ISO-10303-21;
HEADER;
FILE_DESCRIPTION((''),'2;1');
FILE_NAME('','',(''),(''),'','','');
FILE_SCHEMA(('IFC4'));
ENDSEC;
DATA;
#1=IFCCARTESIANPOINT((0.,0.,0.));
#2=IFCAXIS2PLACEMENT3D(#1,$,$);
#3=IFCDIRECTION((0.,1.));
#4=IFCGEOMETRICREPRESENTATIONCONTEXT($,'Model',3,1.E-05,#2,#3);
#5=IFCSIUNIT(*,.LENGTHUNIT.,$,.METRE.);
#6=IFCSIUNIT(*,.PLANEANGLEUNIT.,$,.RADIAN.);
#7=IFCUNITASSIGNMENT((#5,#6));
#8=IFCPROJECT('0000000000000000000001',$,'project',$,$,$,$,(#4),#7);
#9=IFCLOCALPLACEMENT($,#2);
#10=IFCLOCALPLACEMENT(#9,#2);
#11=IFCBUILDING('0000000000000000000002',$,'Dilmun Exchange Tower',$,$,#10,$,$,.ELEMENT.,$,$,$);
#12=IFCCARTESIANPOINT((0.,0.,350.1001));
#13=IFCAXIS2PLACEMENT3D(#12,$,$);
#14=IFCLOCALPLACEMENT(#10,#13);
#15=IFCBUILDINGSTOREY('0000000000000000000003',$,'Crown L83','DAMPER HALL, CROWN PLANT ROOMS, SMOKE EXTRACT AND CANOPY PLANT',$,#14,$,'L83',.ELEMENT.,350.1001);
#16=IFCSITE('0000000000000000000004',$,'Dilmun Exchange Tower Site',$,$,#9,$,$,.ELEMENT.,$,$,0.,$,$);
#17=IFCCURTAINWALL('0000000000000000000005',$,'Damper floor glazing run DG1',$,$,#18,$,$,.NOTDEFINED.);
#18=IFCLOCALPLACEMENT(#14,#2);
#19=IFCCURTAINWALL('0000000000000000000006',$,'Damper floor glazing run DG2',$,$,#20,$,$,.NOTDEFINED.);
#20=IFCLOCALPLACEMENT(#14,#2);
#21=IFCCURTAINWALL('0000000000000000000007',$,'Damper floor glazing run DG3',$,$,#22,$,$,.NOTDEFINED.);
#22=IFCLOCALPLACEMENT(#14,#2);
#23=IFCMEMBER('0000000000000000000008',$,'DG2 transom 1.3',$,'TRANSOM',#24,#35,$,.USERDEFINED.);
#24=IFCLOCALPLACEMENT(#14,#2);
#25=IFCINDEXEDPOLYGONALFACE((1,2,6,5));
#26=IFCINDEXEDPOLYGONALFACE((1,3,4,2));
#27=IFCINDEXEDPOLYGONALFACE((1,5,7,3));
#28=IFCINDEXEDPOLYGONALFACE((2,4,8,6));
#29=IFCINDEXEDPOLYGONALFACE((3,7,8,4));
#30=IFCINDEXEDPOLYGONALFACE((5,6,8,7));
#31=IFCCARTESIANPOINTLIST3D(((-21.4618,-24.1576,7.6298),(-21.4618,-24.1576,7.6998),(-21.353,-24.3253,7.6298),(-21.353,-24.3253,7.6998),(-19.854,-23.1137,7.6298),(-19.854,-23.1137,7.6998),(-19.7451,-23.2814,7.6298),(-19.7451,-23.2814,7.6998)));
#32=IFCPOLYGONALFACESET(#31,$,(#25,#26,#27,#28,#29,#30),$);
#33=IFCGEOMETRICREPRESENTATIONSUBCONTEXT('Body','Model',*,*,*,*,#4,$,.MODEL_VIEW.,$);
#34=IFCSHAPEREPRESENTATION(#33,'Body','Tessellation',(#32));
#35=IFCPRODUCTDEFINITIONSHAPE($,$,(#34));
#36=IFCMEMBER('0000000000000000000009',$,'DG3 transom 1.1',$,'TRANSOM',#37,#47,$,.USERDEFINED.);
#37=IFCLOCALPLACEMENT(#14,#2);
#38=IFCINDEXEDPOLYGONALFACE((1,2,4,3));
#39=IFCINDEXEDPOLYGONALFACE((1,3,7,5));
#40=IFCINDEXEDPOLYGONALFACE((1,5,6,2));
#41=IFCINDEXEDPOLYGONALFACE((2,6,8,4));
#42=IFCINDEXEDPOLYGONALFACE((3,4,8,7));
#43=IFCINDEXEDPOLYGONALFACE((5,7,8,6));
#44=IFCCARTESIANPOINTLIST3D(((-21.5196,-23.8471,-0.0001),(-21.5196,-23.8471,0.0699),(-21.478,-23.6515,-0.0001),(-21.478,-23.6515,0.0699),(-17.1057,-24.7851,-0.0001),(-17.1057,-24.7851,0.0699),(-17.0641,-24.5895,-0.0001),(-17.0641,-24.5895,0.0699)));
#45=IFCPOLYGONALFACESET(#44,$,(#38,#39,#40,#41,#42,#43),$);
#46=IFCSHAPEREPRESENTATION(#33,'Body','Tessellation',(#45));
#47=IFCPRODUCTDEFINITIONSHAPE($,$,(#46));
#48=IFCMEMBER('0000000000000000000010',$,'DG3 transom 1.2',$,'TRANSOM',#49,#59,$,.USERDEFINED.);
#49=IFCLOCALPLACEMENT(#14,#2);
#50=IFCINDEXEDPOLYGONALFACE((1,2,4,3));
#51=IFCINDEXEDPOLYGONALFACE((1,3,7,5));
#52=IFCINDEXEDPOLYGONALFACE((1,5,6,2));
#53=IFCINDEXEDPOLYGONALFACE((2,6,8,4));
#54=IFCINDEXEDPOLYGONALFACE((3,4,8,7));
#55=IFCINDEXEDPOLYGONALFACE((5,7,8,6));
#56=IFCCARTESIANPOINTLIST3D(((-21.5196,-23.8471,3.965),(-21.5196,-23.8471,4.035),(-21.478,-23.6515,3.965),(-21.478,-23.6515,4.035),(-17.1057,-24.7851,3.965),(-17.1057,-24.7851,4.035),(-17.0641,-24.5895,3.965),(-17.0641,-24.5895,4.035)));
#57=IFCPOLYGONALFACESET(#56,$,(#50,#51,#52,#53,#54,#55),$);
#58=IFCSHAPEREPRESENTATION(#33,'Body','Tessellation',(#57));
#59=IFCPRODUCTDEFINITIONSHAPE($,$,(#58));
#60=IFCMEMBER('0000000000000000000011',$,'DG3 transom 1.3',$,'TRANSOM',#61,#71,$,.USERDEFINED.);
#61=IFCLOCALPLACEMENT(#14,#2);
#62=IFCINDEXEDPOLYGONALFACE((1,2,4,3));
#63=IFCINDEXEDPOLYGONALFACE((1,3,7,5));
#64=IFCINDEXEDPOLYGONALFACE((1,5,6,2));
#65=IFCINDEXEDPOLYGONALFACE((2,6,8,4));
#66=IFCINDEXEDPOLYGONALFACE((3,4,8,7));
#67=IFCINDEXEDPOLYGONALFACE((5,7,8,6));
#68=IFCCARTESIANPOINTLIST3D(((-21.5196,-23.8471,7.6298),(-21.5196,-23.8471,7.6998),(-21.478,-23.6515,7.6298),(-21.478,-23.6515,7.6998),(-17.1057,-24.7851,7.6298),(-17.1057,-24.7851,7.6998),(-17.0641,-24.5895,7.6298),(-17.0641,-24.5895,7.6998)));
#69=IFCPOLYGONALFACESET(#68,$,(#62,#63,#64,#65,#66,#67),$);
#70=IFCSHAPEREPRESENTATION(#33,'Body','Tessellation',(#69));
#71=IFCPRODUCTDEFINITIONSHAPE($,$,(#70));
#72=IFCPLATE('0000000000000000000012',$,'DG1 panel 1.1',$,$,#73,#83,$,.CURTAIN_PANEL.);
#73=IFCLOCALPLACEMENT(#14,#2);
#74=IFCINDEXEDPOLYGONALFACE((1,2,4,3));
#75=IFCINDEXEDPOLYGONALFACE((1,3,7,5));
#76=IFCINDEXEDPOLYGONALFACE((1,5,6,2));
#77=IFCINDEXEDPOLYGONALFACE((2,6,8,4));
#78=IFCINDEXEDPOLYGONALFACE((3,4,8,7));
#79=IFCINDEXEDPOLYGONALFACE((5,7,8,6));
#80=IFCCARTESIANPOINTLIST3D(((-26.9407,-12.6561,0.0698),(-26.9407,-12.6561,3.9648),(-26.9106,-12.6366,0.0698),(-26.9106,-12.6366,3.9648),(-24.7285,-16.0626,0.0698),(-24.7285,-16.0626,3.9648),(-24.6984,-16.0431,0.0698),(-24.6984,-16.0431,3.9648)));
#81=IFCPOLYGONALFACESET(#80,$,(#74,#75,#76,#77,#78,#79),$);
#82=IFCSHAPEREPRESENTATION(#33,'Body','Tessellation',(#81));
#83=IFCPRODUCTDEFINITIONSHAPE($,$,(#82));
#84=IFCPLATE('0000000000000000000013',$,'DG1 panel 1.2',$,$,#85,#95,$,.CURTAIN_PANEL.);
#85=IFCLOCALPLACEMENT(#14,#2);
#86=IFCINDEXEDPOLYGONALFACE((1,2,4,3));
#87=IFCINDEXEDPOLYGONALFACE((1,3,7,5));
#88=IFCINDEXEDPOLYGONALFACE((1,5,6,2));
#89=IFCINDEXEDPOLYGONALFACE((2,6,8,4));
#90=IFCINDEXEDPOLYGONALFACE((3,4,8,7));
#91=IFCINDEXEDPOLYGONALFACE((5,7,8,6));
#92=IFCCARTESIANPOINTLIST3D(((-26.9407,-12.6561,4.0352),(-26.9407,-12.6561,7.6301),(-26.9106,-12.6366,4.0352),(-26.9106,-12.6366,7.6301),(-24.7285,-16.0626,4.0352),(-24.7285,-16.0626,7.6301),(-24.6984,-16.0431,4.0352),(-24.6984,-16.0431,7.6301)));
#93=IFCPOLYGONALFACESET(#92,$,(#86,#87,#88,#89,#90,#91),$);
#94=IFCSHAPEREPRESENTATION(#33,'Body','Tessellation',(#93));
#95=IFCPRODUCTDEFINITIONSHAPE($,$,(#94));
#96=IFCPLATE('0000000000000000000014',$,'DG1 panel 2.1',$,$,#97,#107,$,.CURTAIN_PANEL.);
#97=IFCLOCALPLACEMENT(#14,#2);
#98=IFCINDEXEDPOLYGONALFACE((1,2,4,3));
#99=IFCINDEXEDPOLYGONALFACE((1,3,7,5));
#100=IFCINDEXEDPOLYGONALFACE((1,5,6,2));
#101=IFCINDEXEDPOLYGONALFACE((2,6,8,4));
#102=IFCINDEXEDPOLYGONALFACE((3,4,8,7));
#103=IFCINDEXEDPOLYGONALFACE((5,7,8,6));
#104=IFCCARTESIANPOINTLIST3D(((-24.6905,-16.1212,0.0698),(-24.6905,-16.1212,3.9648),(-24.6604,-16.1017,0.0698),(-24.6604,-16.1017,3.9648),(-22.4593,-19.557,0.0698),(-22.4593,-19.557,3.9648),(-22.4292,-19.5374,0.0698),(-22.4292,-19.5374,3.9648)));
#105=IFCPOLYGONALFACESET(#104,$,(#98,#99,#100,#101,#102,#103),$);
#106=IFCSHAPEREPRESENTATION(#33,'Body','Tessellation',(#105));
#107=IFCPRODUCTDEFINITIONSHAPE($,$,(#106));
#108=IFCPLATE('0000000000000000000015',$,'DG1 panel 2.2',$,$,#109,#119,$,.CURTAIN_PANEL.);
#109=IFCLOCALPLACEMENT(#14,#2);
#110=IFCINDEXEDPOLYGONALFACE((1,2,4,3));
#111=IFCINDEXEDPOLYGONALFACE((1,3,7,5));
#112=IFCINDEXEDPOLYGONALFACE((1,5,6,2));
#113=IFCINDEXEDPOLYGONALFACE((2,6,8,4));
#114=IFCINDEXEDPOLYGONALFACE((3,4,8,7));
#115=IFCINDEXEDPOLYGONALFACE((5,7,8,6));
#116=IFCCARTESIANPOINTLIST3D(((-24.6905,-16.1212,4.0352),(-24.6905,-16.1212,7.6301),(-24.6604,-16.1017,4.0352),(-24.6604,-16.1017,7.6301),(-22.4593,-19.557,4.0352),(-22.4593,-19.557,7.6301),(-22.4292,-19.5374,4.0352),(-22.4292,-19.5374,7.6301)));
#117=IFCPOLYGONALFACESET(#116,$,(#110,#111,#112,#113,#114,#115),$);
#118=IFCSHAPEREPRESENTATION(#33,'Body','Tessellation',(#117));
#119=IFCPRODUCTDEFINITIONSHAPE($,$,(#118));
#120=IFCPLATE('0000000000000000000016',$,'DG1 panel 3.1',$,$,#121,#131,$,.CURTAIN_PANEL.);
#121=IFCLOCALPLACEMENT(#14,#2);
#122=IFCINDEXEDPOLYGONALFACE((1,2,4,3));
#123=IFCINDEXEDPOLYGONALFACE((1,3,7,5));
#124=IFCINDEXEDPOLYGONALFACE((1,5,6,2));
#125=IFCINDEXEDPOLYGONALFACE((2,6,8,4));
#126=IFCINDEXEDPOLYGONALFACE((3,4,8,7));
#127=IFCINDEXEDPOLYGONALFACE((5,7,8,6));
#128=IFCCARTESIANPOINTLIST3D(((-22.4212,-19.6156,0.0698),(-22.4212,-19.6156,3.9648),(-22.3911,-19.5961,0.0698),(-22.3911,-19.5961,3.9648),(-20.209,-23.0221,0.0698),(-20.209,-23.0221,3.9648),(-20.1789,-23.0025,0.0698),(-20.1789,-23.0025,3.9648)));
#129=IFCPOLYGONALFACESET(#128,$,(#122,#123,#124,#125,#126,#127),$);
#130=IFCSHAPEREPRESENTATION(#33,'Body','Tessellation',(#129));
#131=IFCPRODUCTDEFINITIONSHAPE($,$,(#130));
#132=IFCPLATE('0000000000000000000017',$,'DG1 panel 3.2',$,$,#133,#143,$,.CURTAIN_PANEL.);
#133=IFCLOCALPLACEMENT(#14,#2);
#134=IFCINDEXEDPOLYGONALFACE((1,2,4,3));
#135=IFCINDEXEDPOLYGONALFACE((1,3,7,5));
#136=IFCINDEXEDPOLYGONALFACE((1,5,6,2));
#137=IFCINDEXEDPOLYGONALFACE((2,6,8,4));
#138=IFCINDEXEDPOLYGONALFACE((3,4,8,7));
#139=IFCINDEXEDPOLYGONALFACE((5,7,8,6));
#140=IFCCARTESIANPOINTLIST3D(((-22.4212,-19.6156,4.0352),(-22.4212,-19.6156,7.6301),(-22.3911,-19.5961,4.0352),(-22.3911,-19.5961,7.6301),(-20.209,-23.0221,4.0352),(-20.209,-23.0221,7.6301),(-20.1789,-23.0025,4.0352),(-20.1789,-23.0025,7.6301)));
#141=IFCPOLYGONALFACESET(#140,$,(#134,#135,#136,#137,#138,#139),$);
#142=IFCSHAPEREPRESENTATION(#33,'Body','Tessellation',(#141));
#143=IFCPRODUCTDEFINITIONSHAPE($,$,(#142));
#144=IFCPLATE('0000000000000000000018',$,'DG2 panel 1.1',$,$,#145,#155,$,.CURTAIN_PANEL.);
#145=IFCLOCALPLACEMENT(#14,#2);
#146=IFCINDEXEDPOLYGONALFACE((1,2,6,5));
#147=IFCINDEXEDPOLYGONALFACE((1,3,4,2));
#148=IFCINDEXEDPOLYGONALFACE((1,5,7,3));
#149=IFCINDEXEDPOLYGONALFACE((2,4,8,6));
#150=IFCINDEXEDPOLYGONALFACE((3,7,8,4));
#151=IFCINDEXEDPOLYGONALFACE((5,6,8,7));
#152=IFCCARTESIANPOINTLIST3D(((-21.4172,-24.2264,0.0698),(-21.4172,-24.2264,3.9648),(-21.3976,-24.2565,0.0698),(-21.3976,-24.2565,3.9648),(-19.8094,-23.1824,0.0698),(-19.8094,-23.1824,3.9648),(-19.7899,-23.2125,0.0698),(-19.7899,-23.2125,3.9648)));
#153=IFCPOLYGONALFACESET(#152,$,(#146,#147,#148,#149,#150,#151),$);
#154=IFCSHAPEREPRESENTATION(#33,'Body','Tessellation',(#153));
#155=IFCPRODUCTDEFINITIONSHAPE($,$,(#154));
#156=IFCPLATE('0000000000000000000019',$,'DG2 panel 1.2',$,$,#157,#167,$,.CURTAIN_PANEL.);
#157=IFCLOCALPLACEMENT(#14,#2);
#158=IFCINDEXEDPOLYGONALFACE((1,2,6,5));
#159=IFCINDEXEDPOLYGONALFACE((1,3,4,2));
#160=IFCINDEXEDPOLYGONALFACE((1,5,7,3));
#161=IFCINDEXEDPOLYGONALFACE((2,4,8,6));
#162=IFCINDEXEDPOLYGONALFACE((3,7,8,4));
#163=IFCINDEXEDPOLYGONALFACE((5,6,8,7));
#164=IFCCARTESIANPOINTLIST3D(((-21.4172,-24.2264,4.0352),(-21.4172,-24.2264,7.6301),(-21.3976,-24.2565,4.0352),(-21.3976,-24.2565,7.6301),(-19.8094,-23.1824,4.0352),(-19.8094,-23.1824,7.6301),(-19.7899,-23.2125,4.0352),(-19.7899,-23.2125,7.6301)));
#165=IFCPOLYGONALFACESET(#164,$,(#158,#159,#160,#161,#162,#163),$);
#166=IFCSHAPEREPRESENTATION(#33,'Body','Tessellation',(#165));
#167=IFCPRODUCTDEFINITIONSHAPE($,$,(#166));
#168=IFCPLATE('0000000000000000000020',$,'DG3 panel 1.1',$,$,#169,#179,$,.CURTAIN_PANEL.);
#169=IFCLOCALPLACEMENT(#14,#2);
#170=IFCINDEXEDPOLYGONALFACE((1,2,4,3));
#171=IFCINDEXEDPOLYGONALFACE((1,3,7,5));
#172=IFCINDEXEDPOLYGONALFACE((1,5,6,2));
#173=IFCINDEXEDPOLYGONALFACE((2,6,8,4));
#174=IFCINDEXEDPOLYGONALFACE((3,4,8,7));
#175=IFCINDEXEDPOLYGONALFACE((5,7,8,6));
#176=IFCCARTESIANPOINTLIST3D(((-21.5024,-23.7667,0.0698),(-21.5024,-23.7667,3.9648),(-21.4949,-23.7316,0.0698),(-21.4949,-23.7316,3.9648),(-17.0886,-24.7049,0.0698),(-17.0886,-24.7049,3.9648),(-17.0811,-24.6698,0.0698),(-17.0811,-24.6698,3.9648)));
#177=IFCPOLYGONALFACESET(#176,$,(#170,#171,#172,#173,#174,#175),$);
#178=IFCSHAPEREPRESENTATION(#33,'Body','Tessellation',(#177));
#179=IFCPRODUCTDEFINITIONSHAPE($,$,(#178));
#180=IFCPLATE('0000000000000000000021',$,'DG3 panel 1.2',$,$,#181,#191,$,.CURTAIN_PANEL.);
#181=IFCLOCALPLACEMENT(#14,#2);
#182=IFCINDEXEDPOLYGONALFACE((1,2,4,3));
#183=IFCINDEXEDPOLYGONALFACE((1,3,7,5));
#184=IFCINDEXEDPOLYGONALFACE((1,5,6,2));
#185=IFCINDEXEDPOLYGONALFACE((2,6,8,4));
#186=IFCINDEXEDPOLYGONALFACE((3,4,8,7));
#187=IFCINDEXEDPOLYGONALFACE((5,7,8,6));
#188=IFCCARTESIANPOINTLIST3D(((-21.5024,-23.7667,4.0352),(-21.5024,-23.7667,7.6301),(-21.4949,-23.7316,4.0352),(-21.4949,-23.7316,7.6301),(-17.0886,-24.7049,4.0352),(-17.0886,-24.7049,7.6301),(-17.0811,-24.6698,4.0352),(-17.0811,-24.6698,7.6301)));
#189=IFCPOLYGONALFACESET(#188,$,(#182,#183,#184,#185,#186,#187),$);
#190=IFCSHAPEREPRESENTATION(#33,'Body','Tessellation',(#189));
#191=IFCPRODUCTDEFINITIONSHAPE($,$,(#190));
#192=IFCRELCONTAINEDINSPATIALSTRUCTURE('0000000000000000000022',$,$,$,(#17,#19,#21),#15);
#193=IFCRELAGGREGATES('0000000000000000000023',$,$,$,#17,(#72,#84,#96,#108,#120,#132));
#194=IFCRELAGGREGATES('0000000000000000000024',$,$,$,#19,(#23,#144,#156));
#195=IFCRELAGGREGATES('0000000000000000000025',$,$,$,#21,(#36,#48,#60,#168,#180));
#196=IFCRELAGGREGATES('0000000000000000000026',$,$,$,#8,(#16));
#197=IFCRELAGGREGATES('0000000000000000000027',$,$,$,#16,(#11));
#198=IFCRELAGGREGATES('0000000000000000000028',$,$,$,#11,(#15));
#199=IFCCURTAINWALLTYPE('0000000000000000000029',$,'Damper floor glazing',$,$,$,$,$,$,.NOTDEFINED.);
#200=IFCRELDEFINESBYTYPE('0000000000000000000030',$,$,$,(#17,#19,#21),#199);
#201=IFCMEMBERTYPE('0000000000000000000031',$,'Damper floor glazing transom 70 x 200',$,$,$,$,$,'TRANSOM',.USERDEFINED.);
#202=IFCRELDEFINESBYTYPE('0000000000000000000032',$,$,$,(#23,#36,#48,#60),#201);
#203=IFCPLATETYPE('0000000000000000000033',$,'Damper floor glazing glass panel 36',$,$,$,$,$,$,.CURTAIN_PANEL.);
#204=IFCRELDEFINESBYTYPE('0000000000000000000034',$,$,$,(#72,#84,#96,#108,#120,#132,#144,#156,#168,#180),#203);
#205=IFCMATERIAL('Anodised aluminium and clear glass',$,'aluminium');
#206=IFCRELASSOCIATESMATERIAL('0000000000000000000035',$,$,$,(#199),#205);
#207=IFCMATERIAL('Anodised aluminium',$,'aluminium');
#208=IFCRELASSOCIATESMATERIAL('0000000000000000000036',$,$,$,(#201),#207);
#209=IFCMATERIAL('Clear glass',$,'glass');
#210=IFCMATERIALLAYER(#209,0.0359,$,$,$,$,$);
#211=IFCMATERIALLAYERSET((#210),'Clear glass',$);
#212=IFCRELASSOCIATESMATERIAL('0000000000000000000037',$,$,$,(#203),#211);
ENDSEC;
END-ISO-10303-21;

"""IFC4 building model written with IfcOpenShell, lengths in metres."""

from ifc_helpers import new_model, si_unit, direction, frame, origin, origin_2d, place, context, subcontext, project, spatial, rectangle, extrude, material, layer, layer_set, material_profile, profile_set, type_object, element, aggregate, save


model = new_model("IFC4")

# Units and contexts
model_context = context("Model", 3, precision=1e-05, world=origin(), true_north=direction((0.0, 1.0)))
body_context = subcontext(model_context, "Body", "Model", "MODEL_VIEW")
ifc_project = project(units=[si_unit("LENGTHUNIT", "METRE"), si_unit("PLANEANGLEUNIT", "RADIAN")], contexts=[model_context])

# Site, building, storey
site_placement = place(None, origin())
site = spatial("IfcSite", under=ifc_project, at=site_placement, Name="Dilmun Exchange Tower Site", CompositionType="ELEMENT", RefElevation=0.0)
building_placement = place(site_placement, origin())
building = spatial("IfcBuilding", under=site, at=building_placement, Name="Dilmun Exchange Tower", CompositionType="ELEMENT")
storey_placement = place(building_placement, frame((0.0, 0.0, 350.1001)))
storey = spatial("IfcBuildingStorey", under=building, at=storey_placement, Name="Crown L83", Description="DAMPER HALL, CROWN PLANT ROOMS, SMOKE EXTRACT AND CANOPY PLANT", LongName="L83", CompositionType="ELEMENT", Elevation=350.1001)

# Curtain walls
ifc_material_1 = material(Name="Anodised aluminium and clear glass", Category="aluminium")
curtain_wall_type = type_object("IfcCurtainWallType", Name="Damper floor glazing", PredefinedType="NOTDEFINED", material=ifc_material_1)
curtain_wall_1_placement = place(storey_placement, origin())
curtain_wall_1 = element("IfcCurtainWall", 1, at=curtain_wall_1_placement, inside=storey, type_object=curtain_wall_type, Name="Damper floor glazing run DG1", PredefinedType="NOTDEFINED")
ifc_material_2 = material(Name="Anodised aluminium", Category="aluminium")
curtain_wall_2_placement = place(storey_placement, origin())
curtain_wall_2 = element("IfcCurtainWall", 2, at=curtain_wall_2_placement, inside=storey, type_object=curtain_wall_type, Name="Damper floor glazing run DG2", PredefinedType="NOTDEFINED")

# Curtain wall
curtain_wall_3_placement = place(storey_placement, origin())
curtain_wall_3 = element("IfcCurtainWall", 3, at=curtain_wall_3_placement, inside=storey, type_object=curtain_wall_type, Name="Damper floor glazing run DG3", PredefinedType="NOTDEFINED")

# Members
ifc_material_profile_1 = material_profile(ifc_material_2, rectangle(XDim=0.2, YDim=0.0701, at=origin_2d()), Name="AL 70x200")
ifc_profile_set_1 = profile_set([ifc_material_profile_1], Name="Anodised aluminium")
member_type_1 = type_object("IfcMemberType", Name="Damper floor glazing transom 70 x 200", ElementType="TRANSOM", PredefinedType="USERDEFINED", material=ifc_profile_set_1)
member_1_placement = place(storey_placement, frame((-19.7996, -23.1975, 7.6648), z_axis=(-0.838729, -0.54455, 0.0), x_axis=(0.54455, -0.838729, 0.0)))
member_1 = element("IfcMember", 4, at=member_1_placement, type_object=member_type_1, Name="DG2 transom 1.3", ObjectType="TRANSOM", PredefinedType="USERDEFINED", context=body_context, shape_type="SweptSolid", body=[
    extrude(rectangle(XDim=0.2, YDim=0.0701, at=origin_2d()), origin(), (0.0, 0.0, 1.0), 1.917),
])
member_2_placement = place(storey_placement, frame((-21.4988, -23.7493, 0.0349), z_axis=(0.978157, -0.20787, 0.0), x_axis=(0.20787, 0.978157, 0.0)))
member_2 = element("IfcMember", 5, at=member_2_placement, type_object=member_type_1, Name="DG3 transom 1.1", ObjectType="TRANSOM", PredefinedType="USERDEFINED", context=body_context, shape_type="SweptSolid", body=[
    extrude(rectangle(XDim=0.2, YDim=0.0701, at=origin_2d()), origin(), (0.0, 0.0, 1.0), 4.5125),
])
member_3_placement = place(storey_placement, frame((-21.4988, -23.7493, 4.0), z_axis=(0.978157, -0.20787, 0.0), x_axis=(0.20787, 0.978157, 0.0)))
member_3 = element("IfcMember", 6, at=member_3_placement, type_object=member_type_1, Name="DG3 transom 1.2", ObjectType="TRANSOM", PredefinedType="USERDEFINED", context=body_context, shape_type="SweptSolid", body=[
    extrude(rectangle(XDim=0.2, YDim=0.0701, at=origin_2d()), origin(), (0.0, 0.0, 1.0), 4.5125),
])
member_4_placement = place(storey_placement, frame((-21.4988, -23.7493, 7.6648), z_axis=(0.978157, -0.20787, 0.0), x_axis=(0.20787, 0.978157, 0.0)))
member_4 = element("IfcMember", 7, at=member_4_placement, type_object=member_type_1, Name="DG3 transom 1.3", ObjectType="TRANSOM", PredefinedType="USERDEFINED", context=body_context, shape_type="SweptSolid", body=[
    extrude(rectangle(XDim=0.2, YDim=0.0701, at=origin_2d()), origin(), (0.0, 0.0, 1.0), 4.5125),
])

# Plates
ifc_material_3 = material(Name="Clear glass", Category="glass")
ifc_layer_1 = layer(ifc_material_3, 0.0359)
ifc_layer_set_1 = layer_set([ifc_layer_1], Name="Clear glass")
plate_type = type_object("IfcPlateType", Name="Damper floor glazing glass panel 36", PredefinedType="CURTAIN_PANEL", material=ifc_layer_set_1)
plate_1_placement = place(storey_placement, frame((-25.8196, -14.3496, 0.0698), z_axis=(0.0, 0.0, 1.0), x_axis=(0.544643, -0.838668, 0.0)))
plate_1 = element("IfcPlate", 8, at=plate_1_placement, type_object=plate_type, Name="DG1 panel 1.1", PredefinedType="CURTAIN_PANEL", context=body_context, shape_type="SweptSolid", body=[
    extrude(rectangle(XDim=4.0618, YDim=0.0359, at=origin_2d()), origin(), (0.0, 0.0, 1.0), 3.895),
])
plate_2_placement = place(storey_placement, frame((-25.8196, -14.3496, 4.0352), z_axis=(0.0, 0.0, 1.0), x_axis=(0.544643, -0.838668, 0.0)))
plate_2 = element("IfcPlate", 9, at=plate_2_placement, type_object=plate_type, Name="DG1 panel 1.2", PredefinedType="CURTAIN_PANEL", context=body_context, shape_type="SweptSolid", body=[
    extrude(rectangle(XDim=4.0618, YDim=0.0359, at=origin_2d()), origin(), (0.0, 0.0, 1.0), 3.595),
])
plate_3_placement = place(storey_placement, frame((-23.5598, -17.8293, 0.0698), z_axis=(0.0, 0.0, 1.0), x_axis=(0.544643, -0.838668, 0.0)))
plate_3 = element("IfcPlate", 10, at=plate_3_placement, type_object=plate_type, Name="DG1 panel 2.1", PredefinedType="CURTAIN_PANEL", context=body_context, shape_type="SweptSolid", body=[
    extrude(rectangle(XDim=4.0967, YDim=0.0359, at=origin_2d()), origin(), (0.0, 0.0, 1.0), 3.895),
])
plate_4_placement = place(storey_placement, frame((-23.5598, -17.8293, 4.0352), z_axis=(0.0, 0.0, 1.0), x_axis=(0.544643, -0.838668, 0.0)))
plate_4 = element("IfcPlate", 11, at=plate_4_placement, type_object=plate_type, Name="DG1 panel 2.2", PredefinedType="CURTAIN_PANEL", context=body_context, shape_type="SweptSolid", body=[
    extrude(rectangle(XDim=4.0967, YDim=0.0359, at=origin_2d()), origin(), (0.0, 0.0, 1.0), 3.595),
])
plate_5_placement = place(storey_placement, frame((-21.3, -21.3091, 0.0698), z_axis=(0.0, 0.0, 1.0), x_axis=(0.544643, -0.838668, 0.0)))
plate_5 = element("IfcPlate", 12, at=plate_5_placement, type_object=plate_type, Name="DG1 panel 3.1", PredefinedType="CURTAIN_PANEL", context=body_context, shape_type="SweptSolid", body=[
    extrude(rectangle(XDim=4.0618, YDim=0.0359, at=origin_2d()), origin(), (0.0, 0.0, 1.0), 3.895),
])
plate_6_placement = place(storey_placement, frame((-21.3, -21.3091, 4.0352), z_axis=(0.0, 0.0, 1.0), x_axis=(0.544643, -0.838668, 0.0)))
plate_6 = element("IfcPlate", 13, at=plate_6_placement, type_object=plate_type, Name="DG1 panel 3.2", PredefinedType="CURTAIN_PANEL", context=body_context, shape_type="SweptSolid", body=[
    extrude(rectangle(XDim=4.0618, YDim=0.0359, at=origin_2d()), origin(), (0.0, 0.0, 1.0), 3.595),
])
aggregate(curtain_wall_1, [plate_1, plate_2, plate_3, plate_4, plate_5, plate_6])
plate_7_placement = place(storey_placement, frame((-20.6035, -23.7195, 0.0698), z_axis=(0.0, 0.0, 1.0), x_axis=(-0.838683, -0.544619, 0.0)))
plate_7 = element("IfcPlate", 14, at=plate_7_placement, type_object=plate_type, Name="DG2 panel 1.1", PredefinedType="CURTAIN_PANEL", context=body_context, shape_type="SweptSolid", body=[
    extrude(rectangle(XDim=1.917, YDim=0.0359, at=origin_2d()), origin(), (0.0, 0.0, 1.0), 3.895),
])
plate_8_placement = place(storey_placement, frame((-20.6035, -23.7195, 4.0352), z_axis=(0.0, 0.0, 1.0), x_axis=(-0.838683, -0.544619, 0.0)))
plate_8 = element("IfcPlate", 15, at=plate_8_placement, type_object=plate_type, Name="DG2 panel 1.2", PredefinedType="CURTAIN_PANEL", context=body_context, shape_type="SweptSolid", body=[
    extrude(rectangle(XDim=1.917, YDim=0.0359, at=origin_2d()), origin(), (0.0, 0.0, 1.0), 3.595),
])
aggregate(curtain_wall_2, [member_1, plate_7, plate_8])
plate_9_placement = place(storey_placement, frame((-19.2917, -24.2183, 0.0698), z_axis=(0.0, 0.0, 1.0), x_axis=(0.978148, -0.207911, 0.0)))
plate_9 = element("IfcPlate", 16, at=plate_9_placement, type_object=plate_type, Name="DG3 panel 1.1", PredefinedType="CURTAIN_PANEL", context=body_context, shape_type="SweptSolid", body=[
    extrude(rectangle(XDim=4.5125, YDim=0.0359, at=origin_2d()), origin(), (0.0, 0.0, 1.0), 3.895),
])
plate_10_placement = place(storey_placement, frame((-19.2917, -24.2183, 4.0352), z_axis=(0.0, 0.0, 1.0), x_axis=(0.978148, -0.207911, 0.0)))
plate_10 = element("IfcPlate", 17, at=plate_10_placement, type_object=plate_type, Name="DG3 panel 1.2", PredefinedType="CURTAIN_PANEL", context=body_context, shape_type="SweptSolid", body=[
    extrude(rectangle(XDim=4.5125, YDim=0.0359, at=origin_2d()), origin(), (0.0, 0.0, 1.0), 3.595),
])
aggregate(curtain_wall_3, [member_2, member_3, member_4, plate_9, plate_10])

save(model, "model.ifc")
